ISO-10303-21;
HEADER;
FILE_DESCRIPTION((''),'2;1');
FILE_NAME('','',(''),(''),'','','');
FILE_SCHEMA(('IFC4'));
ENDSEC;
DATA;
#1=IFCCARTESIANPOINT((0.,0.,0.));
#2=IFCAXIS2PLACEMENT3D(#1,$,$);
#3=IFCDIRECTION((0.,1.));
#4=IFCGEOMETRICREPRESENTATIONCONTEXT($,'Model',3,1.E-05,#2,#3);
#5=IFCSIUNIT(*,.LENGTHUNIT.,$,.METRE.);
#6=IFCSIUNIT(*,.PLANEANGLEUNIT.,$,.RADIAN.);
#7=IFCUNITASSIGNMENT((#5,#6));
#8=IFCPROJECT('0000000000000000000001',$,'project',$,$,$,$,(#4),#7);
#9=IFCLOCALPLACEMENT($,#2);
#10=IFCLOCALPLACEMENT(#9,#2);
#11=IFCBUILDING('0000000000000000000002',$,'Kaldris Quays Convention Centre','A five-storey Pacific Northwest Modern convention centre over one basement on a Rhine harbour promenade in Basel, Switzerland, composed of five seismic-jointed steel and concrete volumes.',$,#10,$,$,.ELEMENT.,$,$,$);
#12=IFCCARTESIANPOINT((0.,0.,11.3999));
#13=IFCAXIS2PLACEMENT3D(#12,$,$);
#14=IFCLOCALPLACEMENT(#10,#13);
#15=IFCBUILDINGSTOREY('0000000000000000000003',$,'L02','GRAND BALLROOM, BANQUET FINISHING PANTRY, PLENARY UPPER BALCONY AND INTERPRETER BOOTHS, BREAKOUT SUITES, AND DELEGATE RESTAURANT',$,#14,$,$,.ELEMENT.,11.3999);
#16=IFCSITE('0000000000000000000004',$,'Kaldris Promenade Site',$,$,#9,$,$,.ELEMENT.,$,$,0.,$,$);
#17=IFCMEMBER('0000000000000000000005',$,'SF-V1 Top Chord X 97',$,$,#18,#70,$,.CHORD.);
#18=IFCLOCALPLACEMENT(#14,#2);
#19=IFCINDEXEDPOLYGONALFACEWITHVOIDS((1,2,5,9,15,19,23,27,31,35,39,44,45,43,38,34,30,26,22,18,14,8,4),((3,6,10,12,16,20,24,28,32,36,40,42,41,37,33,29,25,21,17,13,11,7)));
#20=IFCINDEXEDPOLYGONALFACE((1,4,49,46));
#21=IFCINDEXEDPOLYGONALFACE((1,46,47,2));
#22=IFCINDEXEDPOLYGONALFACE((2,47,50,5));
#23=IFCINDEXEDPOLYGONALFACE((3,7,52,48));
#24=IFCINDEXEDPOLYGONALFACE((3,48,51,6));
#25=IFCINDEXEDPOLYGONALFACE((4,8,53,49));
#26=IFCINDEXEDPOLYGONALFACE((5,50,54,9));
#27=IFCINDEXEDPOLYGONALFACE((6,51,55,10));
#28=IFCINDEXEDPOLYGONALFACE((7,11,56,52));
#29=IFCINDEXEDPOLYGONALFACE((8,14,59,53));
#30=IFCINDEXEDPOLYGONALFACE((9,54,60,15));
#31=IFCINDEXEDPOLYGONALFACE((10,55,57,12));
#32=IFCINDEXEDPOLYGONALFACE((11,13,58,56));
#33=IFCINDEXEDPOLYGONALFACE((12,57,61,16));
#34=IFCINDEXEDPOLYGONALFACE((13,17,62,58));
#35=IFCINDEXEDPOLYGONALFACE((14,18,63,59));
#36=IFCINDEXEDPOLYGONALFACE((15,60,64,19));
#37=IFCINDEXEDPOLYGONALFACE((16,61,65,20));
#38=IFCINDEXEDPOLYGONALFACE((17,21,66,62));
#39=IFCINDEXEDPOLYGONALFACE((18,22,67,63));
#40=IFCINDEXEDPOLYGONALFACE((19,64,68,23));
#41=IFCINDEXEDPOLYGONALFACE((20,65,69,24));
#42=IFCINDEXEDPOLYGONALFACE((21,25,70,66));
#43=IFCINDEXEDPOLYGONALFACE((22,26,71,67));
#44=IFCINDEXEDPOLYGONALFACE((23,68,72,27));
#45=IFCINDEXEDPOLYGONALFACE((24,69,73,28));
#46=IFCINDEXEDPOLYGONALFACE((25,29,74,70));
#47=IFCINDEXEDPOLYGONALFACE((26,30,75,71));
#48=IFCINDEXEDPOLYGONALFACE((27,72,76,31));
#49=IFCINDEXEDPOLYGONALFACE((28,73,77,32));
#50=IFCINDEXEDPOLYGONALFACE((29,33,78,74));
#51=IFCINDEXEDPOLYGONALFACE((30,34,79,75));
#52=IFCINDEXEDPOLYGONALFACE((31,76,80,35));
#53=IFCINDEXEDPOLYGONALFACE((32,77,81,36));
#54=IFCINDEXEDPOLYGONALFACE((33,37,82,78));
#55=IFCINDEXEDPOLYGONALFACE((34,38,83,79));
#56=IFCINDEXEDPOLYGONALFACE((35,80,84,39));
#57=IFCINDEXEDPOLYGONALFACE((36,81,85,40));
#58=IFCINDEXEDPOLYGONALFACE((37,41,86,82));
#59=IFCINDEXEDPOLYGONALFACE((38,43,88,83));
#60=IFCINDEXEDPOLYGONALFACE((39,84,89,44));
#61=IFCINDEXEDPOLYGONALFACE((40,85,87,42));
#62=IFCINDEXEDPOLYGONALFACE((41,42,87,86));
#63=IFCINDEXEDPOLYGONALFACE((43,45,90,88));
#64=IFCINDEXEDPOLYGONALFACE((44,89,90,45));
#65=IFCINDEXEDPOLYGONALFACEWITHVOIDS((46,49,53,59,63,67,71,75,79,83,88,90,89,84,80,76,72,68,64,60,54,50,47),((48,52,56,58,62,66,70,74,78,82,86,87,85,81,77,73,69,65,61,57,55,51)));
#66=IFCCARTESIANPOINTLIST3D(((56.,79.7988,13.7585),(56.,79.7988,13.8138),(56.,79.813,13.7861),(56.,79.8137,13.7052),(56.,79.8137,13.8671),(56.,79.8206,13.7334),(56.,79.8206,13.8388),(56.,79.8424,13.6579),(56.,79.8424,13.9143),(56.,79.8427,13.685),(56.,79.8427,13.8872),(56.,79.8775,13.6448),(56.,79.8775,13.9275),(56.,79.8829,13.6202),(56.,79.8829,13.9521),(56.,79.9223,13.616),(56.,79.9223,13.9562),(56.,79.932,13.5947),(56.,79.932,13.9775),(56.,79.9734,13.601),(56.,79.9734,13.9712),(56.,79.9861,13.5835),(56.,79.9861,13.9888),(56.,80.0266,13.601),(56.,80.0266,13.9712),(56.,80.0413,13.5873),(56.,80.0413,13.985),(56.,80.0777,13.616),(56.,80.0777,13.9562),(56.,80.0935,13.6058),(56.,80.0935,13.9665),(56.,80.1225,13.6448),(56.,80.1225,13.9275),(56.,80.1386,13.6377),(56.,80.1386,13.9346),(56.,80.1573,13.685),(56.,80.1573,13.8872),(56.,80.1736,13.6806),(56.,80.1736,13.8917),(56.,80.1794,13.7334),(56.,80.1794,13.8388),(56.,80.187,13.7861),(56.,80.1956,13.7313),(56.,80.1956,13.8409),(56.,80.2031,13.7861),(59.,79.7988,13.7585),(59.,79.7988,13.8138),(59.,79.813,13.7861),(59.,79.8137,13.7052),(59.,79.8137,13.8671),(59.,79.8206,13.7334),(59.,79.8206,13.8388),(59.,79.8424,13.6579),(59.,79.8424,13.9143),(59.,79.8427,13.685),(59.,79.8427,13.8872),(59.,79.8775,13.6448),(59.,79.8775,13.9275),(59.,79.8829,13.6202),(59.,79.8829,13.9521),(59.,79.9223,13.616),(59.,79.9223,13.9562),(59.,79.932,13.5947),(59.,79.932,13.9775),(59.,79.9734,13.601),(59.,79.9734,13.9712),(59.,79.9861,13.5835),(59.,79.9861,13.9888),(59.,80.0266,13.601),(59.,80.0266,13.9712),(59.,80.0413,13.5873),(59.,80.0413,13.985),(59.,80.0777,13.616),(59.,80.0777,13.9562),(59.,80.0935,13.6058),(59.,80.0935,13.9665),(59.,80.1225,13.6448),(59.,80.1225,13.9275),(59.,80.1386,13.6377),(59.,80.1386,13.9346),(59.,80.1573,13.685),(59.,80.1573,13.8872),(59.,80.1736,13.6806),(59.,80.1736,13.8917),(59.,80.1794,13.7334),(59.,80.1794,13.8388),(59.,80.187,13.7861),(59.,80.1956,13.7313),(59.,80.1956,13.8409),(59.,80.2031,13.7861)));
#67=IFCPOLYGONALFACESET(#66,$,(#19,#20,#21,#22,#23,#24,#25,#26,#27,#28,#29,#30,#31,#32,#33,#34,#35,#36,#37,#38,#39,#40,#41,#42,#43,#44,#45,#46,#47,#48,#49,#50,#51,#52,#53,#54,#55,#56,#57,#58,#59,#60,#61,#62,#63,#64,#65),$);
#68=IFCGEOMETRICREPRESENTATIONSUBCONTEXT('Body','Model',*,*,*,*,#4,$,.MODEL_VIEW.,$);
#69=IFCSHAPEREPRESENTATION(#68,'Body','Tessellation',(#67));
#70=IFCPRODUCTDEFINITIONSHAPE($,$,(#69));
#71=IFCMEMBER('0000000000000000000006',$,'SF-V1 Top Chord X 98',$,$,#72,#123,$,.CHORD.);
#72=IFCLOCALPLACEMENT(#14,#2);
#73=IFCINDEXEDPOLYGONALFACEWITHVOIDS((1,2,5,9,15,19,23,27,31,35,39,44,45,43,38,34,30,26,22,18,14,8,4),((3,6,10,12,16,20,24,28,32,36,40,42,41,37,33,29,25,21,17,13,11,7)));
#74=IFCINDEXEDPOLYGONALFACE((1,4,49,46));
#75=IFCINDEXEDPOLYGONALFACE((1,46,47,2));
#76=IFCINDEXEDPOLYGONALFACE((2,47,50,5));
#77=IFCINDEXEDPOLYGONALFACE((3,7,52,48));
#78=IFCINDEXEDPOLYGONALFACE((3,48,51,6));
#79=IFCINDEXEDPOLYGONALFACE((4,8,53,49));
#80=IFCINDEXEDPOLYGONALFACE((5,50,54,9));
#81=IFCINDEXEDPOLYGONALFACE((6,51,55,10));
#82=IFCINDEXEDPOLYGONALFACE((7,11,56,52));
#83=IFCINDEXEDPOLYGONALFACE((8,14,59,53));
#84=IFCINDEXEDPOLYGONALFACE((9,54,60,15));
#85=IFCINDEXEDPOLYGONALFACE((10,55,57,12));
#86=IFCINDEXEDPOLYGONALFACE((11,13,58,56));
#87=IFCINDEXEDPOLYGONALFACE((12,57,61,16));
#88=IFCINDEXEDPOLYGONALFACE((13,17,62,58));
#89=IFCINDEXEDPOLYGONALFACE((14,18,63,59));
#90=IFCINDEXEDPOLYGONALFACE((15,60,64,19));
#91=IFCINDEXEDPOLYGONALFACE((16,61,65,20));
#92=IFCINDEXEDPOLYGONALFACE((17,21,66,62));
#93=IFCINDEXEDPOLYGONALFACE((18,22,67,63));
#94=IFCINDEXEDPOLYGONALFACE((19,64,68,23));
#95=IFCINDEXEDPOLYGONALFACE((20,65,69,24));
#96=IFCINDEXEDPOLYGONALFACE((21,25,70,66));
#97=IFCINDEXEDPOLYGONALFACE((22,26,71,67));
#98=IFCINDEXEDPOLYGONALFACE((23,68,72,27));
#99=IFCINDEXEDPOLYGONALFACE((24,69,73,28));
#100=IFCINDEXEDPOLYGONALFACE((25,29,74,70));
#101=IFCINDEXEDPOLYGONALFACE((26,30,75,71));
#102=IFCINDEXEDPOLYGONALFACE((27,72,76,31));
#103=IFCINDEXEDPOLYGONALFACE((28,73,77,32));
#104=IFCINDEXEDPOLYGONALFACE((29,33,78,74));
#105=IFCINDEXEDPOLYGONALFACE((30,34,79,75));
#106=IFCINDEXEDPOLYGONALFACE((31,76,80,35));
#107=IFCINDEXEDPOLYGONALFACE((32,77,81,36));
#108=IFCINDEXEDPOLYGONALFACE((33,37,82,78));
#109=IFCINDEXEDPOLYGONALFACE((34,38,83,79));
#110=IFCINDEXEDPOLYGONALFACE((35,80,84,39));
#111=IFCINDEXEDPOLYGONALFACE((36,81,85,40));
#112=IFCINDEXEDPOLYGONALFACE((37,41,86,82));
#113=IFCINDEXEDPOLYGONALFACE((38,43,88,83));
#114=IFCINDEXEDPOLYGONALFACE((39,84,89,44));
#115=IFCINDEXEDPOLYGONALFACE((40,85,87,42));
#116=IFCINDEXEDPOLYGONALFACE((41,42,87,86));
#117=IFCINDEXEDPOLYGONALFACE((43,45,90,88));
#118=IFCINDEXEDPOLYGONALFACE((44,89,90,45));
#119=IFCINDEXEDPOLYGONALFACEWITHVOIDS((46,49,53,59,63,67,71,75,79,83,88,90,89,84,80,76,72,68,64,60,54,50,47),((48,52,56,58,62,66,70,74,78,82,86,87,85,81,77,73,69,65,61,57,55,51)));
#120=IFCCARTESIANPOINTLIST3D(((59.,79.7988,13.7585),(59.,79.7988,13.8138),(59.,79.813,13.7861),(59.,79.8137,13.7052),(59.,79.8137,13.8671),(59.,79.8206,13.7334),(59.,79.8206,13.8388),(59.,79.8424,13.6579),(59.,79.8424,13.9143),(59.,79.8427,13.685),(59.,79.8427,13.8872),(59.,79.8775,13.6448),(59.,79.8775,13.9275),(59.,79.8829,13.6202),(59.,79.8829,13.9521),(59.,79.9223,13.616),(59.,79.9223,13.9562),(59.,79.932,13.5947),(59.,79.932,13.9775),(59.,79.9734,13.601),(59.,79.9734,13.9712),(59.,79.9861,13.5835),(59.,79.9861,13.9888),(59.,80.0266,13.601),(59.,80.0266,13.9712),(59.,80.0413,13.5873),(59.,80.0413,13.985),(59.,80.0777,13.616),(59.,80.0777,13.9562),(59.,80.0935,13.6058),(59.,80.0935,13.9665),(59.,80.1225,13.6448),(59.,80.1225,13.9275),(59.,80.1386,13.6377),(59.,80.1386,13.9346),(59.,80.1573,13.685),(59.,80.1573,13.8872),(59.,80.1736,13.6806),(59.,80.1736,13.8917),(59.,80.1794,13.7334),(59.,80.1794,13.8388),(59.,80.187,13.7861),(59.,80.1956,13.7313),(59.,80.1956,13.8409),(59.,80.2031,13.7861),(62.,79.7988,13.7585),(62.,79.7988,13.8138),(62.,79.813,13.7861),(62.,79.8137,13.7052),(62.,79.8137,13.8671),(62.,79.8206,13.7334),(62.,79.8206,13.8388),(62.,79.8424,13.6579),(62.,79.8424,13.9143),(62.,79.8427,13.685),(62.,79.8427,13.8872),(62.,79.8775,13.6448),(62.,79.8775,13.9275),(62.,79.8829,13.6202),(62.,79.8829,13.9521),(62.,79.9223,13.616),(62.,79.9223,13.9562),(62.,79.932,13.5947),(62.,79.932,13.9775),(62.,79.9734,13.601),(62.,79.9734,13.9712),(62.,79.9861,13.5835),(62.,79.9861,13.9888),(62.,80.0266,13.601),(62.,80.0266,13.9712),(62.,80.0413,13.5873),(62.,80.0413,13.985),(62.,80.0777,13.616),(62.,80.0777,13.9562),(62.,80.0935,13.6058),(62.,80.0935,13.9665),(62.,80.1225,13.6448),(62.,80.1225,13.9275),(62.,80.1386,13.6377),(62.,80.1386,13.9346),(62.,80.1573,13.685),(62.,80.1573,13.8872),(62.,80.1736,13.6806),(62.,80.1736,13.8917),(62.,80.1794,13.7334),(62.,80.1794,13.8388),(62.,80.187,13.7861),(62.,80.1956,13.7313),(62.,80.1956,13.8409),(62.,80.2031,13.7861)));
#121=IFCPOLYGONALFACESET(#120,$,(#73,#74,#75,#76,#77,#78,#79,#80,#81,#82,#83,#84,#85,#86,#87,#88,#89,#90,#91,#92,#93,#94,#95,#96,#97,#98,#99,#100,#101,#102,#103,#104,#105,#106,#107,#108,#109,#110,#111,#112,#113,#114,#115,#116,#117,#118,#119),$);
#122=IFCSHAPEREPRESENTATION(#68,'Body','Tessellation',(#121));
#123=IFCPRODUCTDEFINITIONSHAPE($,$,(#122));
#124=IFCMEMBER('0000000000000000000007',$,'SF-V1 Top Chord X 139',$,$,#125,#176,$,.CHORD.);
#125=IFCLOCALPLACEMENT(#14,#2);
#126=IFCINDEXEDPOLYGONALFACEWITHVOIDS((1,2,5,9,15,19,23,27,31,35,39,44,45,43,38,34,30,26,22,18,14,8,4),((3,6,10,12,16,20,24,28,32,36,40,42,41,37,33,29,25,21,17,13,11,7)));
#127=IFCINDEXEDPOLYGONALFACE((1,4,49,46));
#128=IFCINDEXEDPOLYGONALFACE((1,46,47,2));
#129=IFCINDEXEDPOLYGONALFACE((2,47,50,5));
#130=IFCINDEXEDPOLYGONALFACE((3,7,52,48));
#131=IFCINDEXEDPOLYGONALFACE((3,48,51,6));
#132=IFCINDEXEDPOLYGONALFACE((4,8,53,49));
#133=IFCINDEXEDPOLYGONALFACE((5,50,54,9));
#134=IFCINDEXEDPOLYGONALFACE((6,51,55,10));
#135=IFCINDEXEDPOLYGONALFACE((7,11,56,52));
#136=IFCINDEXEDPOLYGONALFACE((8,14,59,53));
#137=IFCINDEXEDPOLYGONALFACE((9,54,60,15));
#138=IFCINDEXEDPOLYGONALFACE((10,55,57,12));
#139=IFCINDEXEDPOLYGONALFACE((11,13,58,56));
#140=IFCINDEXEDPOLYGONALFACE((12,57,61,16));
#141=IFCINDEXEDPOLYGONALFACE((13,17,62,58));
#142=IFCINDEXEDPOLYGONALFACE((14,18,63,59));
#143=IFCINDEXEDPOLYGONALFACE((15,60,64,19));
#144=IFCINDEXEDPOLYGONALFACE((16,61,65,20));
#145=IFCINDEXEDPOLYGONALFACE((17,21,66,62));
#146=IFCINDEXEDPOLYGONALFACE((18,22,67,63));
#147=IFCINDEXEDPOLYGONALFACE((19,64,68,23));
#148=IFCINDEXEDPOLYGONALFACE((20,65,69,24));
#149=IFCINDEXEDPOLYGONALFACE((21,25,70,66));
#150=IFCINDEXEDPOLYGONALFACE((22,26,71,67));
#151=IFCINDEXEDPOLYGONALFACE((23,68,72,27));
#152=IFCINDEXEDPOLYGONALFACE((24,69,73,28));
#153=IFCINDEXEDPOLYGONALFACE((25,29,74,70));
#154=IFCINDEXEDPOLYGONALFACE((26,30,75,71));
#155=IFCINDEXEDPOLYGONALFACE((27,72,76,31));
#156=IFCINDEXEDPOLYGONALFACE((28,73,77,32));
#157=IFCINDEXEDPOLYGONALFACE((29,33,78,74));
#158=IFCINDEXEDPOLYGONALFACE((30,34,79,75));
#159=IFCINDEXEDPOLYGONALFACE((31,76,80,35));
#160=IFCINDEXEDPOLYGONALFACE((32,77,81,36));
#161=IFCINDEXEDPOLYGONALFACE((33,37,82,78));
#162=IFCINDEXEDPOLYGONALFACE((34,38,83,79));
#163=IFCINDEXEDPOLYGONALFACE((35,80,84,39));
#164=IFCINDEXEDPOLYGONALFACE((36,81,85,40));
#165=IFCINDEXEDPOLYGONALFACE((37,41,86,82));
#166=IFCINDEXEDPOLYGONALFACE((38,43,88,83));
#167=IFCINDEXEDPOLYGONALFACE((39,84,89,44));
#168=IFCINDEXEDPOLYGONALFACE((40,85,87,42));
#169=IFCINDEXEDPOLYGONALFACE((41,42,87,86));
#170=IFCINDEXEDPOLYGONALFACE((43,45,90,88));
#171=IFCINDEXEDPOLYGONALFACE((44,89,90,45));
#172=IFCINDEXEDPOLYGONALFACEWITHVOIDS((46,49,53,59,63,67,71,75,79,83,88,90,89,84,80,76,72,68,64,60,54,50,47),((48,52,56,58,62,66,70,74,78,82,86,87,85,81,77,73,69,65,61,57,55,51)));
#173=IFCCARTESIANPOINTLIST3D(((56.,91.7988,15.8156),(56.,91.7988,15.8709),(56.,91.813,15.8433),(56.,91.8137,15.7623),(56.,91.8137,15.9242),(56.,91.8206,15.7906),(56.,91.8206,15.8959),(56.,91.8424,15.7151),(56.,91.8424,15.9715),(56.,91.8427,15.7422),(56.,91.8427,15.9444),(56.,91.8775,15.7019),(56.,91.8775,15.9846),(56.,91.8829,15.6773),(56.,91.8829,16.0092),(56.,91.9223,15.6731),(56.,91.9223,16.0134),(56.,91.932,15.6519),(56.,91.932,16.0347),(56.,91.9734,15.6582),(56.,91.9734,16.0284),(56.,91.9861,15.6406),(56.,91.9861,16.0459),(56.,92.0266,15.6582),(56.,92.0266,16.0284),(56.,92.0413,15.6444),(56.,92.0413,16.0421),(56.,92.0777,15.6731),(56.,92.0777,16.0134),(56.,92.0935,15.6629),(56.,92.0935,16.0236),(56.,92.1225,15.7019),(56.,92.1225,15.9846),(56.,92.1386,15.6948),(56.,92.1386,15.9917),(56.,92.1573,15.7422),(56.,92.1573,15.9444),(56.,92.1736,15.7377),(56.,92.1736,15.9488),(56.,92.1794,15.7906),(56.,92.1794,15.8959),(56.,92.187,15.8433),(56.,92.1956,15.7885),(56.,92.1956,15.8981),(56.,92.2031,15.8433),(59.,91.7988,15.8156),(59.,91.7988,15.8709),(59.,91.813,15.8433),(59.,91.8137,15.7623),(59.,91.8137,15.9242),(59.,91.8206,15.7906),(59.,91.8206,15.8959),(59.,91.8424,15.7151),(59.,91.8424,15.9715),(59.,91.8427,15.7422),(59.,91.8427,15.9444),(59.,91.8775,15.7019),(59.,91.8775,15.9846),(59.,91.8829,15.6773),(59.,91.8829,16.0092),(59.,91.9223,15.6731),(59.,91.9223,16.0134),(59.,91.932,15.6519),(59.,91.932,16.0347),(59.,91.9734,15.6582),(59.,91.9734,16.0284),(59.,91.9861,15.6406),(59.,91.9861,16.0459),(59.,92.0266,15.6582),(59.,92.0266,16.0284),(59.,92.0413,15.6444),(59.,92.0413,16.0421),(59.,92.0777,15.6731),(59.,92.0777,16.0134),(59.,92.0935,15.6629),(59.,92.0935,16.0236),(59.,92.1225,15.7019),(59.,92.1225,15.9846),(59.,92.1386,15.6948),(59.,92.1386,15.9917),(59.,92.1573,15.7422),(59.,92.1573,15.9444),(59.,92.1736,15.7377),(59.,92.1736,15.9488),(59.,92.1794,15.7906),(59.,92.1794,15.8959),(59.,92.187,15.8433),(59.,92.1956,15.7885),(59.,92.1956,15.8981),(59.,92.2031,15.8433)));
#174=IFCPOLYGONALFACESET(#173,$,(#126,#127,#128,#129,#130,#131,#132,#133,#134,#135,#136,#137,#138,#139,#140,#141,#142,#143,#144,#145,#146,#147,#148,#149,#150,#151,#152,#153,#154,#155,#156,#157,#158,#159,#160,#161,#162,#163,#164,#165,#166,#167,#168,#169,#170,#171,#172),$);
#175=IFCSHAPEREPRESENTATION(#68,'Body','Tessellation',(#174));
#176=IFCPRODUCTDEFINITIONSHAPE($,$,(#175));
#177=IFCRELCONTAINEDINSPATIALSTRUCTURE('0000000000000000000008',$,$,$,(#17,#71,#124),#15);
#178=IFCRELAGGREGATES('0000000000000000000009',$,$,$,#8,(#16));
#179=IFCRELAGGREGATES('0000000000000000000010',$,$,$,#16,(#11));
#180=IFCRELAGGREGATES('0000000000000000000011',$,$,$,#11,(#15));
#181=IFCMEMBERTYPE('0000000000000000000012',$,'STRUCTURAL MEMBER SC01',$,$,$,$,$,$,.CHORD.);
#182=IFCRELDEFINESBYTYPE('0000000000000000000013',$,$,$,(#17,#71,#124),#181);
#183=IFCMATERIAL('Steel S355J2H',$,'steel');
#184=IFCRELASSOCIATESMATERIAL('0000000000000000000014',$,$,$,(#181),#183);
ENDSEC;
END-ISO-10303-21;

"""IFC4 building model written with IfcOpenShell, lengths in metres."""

from ifc_helpers import new_model, si_unit, direction, frame, origin, origin_2d, place, context, subcontext, project, spatial, hollow_circle, extrude, material, material_profile, profile_set, type_object, element, save


model = new_model("IFC4")

# Units and contexts
model_context = context("Model", 3, precision=1e-05, world=origin(), true_north=direction((0.0, 1.0)))
body_context = subcontext(model_context, "Body", "Model", "MODEL_VIEW")
ifc_project = project(units=[si_unit("LENGTHUNIT", "METRE"), si_unit("PLANEANGLEUNIT", "RADIAN")], contexts=[model_context])

# Site, building, storey
site_placement = place(None, origin())
site = spatial("IfcSite", under=ifc_project, at=site_placement, Name="Kaldris Promenade Site", CompositionType="ELEMENT", RefElevation=0.0)
building_placement = place(site_placement, origin())
building = spatial("IfcBuilding", under=site, at=building_placement, Name="Kaldris Quays Convention Centre", Description="A five-storey Pacific Northwest Modern convention centre over one basement on a Rhine harbour promenade in Basel, Switzerland, composed of five seismic-jointed steel and concrete volumes.", CompositionType="ELEMENT")
storey_placement = place(building_placement, frame((0.0, 0.0, 11.3999)))
storey = spatial("IfcBuildingStorey", under=building, at=storey_placement, Name="L02", Description="GRAND BALLROOM, BANQUET FINISHING PANTRY, PLENARY UPPER BALCONY AND INTERPRETER BOOTHS, BREAKOUT SUITES, AND DELEGATE RESTAURANT", CompositionType="ELEMENT", Elevation=11.3999)

# Members
ifc_material_1 = material(Name="Steel S355J2H", Category="steel")
ifc_material_profile_1 = material_profile(ifc_material_1, hollow_circle(Radius=0.2031, WallThickness=0.0161, at=origin_2d()), Name="CHS 406.4x16")
ifc_profile_set_1 = profile_set([ifc_material_profile_1], Name="Steel S355J2H")
member_type_1 = type_object("IfcMemberType", Name="STRUCTURAL MEMBER SC01", PredefinedType="CHORD", material=ifc_profile_set_1)
for number, where, z_axis, x_axis, name in (
    (1, (56.0, 80.0, 13.7861), (1.0, 0.0, 0.0), (0.0, 1.0, 0.0), "SF-V1 Top Chord X 97"),
    (2, (59.0, 80.0, 13.7861), (1.0, 0.0, 0.0), (0.0, 1.0, 0.0), "SF-V1 Top Chord X 98"),
    (3, (56.0, 92.0, 15.8433), (1.0, 0.0, 0.0), (0.0, 1.0, 0.0), "SF-V1 Top Chord X 139"),
):
    element("IfcMember", number, at=place(storey_placement, frame(where, z_axis=z_axis, x_axis=x_axis)), inside=storey, type_object=member_type_1, Name=name, PredefinedType="CHORD", context=body_context, shape_type="SweptSolid", body=[
        extrude(hollow_circle(Radius=0.2031, WallThickness=0.0161, at=origin_2d()), origin(), (0.0, 0.0, 1.0), 3.0),
    ])

save(model, "model.ifc")
